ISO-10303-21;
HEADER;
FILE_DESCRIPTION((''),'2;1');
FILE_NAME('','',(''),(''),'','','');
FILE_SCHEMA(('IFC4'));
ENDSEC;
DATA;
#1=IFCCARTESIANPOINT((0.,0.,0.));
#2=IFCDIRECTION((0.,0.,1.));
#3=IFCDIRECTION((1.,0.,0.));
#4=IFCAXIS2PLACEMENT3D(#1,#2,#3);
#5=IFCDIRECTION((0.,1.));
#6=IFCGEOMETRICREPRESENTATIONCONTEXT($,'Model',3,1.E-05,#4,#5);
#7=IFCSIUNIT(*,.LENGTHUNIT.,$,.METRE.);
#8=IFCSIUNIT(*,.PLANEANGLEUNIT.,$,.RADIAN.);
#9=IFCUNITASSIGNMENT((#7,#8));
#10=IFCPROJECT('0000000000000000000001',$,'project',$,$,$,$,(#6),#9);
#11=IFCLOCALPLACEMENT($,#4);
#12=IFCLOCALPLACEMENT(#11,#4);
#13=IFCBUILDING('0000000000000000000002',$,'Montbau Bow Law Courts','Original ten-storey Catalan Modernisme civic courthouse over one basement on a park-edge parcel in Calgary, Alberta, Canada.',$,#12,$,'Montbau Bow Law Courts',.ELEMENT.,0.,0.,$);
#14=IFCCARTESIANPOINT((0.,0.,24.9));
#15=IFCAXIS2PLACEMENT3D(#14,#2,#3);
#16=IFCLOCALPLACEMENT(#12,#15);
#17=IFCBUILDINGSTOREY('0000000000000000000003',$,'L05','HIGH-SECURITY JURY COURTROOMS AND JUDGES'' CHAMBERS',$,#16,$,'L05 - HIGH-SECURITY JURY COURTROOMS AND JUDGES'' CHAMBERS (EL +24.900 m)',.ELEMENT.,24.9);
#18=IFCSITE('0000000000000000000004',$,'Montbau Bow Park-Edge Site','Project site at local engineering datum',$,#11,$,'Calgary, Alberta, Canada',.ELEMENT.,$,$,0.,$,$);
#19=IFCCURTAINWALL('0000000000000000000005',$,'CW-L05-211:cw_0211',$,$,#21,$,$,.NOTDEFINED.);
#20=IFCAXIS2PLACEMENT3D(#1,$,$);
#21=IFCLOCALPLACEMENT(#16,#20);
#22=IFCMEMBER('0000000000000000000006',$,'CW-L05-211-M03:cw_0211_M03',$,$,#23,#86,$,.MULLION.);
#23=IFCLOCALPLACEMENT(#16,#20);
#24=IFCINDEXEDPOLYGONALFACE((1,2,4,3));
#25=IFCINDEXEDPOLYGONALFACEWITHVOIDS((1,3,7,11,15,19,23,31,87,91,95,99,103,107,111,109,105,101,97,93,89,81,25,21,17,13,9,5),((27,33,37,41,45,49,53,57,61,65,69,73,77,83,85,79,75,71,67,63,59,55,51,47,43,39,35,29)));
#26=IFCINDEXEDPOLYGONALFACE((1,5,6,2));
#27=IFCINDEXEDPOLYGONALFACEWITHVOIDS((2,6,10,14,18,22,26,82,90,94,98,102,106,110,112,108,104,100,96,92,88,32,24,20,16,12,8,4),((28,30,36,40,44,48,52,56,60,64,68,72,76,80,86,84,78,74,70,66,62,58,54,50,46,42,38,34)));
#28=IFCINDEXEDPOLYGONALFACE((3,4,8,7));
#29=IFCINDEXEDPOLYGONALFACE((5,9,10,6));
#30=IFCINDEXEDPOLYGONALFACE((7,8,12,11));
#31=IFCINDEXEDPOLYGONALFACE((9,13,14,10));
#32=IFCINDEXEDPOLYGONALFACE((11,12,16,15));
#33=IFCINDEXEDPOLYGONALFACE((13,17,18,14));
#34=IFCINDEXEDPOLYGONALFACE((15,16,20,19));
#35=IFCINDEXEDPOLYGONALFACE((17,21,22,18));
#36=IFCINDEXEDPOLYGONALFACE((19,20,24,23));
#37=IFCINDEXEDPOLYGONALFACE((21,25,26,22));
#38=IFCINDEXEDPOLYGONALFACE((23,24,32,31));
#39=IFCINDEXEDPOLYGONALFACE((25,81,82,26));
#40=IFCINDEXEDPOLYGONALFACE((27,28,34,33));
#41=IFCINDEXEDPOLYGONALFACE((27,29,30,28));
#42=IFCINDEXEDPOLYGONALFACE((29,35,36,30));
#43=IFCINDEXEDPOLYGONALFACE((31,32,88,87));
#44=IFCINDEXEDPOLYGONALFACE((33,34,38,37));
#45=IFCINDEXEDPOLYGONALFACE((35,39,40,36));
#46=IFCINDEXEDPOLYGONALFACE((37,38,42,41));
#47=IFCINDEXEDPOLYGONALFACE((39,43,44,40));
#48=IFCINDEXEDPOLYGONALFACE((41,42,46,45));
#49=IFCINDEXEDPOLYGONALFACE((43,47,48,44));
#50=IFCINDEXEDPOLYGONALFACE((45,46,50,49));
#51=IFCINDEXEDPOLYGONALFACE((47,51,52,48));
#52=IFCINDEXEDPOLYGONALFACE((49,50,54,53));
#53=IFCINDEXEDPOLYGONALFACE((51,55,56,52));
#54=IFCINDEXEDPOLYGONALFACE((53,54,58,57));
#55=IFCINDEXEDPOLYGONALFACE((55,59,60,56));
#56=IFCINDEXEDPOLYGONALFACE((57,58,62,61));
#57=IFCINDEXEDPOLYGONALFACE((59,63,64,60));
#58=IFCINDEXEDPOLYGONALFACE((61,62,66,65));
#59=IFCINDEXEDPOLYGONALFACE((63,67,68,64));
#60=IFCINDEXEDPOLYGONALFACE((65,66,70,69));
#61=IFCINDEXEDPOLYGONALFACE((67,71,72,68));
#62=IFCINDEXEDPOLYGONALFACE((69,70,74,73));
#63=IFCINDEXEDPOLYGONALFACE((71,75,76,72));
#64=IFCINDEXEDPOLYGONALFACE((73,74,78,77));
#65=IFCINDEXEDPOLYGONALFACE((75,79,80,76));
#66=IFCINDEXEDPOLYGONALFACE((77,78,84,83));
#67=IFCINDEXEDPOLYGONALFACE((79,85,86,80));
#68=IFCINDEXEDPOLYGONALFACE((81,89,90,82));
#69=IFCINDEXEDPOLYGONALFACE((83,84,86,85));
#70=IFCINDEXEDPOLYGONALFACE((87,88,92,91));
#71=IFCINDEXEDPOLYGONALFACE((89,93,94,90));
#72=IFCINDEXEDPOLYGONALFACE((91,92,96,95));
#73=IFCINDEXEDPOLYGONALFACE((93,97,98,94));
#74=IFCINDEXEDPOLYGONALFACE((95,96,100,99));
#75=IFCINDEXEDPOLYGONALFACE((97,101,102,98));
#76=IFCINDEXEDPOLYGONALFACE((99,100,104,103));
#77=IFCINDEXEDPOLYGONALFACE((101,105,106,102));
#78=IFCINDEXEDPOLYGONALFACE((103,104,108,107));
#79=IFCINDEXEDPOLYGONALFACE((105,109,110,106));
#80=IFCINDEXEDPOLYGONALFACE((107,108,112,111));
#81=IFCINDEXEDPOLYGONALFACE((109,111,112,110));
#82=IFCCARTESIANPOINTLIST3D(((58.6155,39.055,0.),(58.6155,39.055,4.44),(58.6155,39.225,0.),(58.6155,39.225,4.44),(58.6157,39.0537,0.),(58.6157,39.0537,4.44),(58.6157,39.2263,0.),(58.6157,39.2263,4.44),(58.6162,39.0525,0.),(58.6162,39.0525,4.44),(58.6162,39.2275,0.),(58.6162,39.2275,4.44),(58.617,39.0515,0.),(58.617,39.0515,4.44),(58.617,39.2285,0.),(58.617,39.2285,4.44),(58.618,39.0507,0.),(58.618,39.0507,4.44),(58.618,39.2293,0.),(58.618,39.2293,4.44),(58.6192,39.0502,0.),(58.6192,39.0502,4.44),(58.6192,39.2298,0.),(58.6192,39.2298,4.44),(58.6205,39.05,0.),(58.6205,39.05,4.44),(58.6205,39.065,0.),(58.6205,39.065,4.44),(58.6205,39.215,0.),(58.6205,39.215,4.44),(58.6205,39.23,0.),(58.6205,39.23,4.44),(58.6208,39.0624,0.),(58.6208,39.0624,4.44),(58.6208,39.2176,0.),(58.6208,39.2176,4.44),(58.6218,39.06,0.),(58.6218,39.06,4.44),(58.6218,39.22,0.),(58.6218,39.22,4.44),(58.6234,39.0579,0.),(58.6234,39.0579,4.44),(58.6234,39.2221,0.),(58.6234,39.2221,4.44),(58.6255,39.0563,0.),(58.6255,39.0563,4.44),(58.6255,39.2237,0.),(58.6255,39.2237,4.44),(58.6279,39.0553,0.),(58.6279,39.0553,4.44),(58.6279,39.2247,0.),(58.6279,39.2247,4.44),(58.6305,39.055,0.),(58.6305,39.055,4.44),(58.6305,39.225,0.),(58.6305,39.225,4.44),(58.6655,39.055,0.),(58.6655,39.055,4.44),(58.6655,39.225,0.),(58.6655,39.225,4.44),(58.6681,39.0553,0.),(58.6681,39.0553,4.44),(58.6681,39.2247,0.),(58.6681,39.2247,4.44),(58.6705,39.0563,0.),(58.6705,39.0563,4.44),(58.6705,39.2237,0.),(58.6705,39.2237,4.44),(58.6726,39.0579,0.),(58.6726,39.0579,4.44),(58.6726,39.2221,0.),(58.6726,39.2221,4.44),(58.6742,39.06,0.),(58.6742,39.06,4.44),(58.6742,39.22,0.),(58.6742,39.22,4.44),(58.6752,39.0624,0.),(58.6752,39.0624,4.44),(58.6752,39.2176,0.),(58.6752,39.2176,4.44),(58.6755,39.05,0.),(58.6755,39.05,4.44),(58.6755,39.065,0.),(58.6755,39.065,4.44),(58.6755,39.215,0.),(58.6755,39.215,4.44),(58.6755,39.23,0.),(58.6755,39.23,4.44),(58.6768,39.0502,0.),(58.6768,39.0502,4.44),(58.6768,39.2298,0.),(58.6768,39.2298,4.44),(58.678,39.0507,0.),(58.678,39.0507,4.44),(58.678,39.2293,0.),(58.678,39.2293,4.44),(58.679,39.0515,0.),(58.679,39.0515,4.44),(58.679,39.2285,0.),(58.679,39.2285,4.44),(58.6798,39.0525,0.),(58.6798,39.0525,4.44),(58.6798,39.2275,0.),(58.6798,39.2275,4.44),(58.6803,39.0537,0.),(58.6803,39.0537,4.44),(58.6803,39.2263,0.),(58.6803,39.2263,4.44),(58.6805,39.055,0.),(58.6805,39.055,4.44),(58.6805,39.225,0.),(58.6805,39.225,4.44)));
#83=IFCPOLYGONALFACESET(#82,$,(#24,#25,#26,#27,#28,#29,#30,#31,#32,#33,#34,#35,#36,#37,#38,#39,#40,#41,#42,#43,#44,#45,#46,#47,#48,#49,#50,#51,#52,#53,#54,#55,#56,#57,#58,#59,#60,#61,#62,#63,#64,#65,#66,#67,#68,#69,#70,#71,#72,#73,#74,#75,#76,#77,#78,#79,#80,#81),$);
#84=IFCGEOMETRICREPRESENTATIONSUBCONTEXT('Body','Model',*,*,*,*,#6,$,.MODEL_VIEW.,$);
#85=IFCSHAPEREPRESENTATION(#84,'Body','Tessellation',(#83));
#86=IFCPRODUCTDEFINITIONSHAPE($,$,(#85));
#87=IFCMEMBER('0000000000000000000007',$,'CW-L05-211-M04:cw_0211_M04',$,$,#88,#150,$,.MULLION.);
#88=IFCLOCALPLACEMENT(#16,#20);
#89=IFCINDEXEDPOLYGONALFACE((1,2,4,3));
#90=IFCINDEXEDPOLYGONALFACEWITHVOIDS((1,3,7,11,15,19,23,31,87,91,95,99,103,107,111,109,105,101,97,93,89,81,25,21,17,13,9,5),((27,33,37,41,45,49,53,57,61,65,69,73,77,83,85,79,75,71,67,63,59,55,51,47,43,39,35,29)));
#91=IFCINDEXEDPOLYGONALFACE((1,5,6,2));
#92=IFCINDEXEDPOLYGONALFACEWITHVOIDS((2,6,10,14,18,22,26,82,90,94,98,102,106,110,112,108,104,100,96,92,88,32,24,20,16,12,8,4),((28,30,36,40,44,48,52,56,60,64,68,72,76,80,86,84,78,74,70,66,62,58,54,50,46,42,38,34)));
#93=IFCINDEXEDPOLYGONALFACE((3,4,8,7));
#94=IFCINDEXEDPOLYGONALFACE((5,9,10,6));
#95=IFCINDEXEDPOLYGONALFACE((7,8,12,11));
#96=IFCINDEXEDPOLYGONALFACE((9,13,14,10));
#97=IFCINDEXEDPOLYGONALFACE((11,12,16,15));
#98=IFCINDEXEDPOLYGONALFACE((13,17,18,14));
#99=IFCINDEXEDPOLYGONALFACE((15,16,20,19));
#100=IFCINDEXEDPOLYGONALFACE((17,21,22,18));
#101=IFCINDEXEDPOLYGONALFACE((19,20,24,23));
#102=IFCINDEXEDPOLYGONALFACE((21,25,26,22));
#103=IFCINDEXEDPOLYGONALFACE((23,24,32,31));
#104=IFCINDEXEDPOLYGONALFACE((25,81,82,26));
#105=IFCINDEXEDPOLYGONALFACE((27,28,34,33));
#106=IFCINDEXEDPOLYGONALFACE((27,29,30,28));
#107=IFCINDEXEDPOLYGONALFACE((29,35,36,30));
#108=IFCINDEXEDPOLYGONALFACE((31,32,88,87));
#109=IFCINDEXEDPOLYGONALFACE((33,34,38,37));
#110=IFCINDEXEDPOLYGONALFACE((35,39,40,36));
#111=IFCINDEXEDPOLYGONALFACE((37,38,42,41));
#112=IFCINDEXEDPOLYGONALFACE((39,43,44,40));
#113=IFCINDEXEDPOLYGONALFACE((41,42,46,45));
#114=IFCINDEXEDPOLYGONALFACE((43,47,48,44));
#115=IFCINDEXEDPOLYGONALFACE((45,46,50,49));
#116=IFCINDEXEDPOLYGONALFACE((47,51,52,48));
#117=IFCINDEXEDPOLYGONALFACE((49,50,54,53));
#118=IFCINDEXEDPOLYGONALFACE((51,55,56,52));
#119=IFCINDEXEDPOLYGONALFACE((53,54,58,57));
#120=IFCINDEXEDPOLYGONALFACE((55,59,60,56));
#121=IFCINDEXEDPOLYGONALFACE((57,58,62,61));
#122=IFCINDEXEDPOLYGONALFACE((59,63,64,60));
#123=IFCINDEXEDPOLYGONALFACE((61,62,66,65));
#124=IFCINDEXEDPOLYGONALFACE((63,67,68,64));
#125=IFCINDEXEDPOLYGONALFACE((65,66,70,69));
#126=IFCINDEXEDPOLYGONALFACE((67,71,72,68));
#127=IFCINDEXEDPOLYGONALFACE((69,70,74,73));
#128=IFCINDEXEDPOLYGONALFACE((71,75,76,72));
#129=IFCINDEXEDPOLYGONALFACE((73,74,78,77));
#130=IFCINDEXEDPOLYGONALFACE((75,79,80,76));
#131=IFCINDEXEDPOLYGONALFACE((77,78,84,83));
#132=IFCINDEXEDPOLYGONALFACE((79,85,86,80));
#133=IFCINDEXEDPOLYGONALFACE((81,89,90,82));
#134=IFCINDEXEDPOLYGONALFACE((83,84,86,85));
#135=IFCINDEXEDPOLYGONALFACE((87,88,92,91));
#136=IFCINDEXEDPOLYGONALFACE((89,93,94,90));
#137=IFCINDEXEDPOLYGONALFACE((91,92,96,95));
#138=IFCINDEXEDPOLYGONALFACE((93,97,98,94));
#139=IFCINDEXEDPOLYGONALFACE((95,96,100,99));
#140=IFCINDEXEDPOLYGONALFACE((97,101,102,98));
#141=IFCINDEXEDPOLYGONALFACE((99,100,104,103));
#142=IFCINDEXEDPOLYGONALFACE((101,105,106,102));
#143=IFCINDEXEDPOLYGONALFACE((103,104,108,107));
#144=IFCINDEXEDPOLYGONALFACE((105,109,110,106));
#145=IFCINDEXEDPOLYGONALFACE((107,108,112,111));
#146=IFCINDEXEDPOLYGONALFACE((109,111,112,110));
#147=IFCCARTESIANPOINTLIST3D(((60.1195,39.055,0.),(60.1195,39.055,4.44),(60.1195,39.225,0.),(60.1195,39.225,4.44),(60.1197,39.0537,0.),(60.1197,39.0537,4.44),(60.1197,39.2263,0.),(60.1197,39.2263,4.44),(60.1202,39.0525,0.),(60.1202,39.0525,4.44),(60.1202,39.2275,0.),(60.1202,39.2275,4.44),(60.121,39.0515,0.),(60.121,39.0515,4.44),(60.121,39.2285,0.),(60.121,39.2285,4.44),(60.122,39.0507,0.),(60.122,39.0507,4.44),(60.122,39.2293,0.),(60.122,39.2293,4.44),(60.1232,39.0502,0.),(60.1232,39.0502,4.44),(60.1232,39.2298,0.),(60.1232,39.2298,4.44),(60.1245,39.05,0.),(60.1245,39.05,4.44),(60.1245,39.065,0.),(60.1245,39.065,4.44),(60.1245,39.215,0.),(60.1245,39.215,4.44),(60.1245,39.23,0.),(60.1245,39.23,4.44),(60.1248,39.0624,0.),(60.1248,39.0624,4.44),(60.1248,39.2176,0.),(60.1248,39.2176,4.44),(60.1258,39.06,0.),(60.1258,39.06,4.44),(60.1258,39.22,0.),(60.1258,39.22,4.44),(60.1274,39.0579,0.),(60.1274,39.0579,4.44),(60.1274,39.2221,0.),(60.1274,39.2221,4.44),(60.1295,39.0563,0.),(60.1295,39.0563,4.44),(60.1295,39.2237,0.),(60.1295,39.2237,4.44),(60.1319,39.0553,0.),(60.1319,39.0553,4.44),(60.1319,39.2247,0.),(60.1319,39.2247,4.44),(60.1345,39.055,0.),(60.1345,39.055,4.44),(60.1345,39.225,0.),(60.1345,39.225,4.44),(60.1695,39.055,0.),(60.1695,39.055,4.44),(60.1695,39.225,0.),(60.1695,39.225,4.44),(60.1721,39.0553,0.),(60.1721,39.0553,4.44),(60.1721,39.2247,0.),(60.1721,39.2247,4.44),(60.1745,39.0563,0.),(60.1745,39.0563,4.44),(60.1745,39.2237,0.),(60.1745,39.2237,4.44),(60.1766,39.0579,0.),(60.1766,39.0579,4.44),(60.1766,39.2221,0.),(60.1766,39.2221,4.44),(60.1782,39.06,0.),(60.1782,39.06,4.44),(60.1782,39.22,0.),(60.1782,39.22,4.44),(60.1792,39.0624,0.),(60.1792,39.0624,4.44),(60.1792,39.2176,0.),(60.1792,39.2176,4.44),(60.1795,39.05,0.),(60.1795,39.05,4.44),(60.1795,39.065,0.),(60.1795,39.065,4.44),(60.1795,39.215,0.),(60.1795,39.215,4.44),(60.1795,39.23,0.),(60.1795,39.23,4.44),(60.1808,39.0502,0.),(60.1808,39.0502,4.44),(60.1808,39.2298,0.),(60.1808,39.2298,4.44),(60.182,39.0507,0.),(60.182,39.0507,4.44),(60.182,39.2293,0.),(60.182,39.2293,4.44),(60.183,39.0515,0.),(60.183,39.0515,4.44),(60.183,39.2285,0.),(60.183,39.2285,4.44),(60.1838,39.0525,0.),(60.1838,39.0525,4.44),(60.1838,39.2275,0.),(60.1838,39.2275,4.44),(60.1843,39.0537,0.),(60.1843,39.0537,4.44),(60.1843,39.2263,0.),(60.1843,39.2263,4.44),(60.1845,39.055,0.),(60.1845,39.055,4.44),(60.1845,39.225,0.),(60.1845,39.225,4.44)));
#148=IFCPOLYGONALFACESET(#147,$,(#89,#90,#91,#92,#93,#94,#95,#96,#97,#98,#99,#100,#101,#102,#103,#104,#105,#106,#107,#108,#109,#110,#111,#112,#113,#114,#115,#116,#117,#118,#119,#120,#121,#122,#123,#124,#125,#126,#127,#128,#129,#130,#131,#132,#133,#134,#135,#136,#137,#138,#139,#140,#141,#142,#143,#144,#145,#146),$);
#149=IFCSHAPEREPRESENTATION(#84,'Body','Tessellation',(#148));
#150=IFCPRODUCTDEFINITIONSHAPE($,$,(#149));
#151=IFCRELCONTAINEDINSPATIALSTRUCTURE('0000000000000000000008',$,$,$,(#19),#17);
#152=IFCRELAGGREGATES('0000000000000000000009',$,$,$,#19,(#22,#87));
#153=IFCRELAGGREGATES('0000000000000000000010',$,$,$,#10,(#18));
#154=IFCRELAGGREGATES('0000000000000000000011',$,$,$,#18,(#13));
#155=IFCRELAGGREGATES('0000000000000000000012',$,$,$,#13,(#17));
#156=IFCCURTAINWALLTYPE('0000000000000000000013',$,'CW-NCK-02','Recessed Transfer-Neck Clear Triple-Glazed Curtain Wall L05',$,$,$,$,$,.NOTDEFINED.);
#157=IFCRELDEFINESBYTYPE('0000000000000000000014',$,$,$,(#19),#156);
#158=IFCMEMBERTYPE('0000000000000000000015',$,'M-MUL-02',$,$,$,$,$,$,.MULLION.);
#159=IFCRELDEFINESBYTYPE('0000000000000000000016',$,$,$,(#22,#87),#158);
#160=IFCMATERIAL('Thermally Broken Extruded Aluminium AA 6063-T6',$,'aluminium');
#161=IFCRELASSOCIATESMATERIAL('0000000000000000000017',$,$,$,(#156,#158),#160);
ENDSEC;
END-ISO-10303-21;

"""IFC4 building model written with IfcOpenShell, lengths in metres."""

from ifc_helpers import new_model, si_unit, direction, frame, origin_with_axes, origin_2d_with_axis, place, context, subcontext, project, spatial, hollow_rectangle, extrude, material, material_profile, profile_set, type_object, element, aggregate, save


model = new_model("IFC4")

# Units and contexts
model_context = context("Model", 3, precision=1e-05, world=origin_with_axes(), true_north=direction((0.0, 1.0)))
body_context = subcontext(model_context, "Body", "Model", "MODEL_VIEW")
ifc_project = project(units=[si_unit("LENGTHUNIT", "METRE"), si_unit("PLANEANGLEUNIT", "RADIAN")], contexts=[model_context])

# Site, building, storey
site_placement = place(None, origin_with_axes())
site = spatial("IfcSite", under=ifc_project, at=site_placement, Name="Montbau Bow Park-Edge Site", Description="Project site at local engineering datum", LongName="Calgary, Alberta, Canada", CompositionType="ELEMENT", RefElevation=0.0)
building_placement = place(site_placement, origin_with_axes())
building = spatial("IfcBuilding", under=site, at=building_placement, Name="Montbau Bow Law Courts", Description="Original ten-storey Catalan Modernisme civic courthouse over one basement on a park-edge parcel in Calgary, Alberta, Canada.", LongName="Montbau Bow Law Courts", CompositionType="ELEMENT", ElevationOfRefHeight=0.0, ElevationOfTerrain=0.0)
storey_placement = place(building_placement, frame((0.0, 0.0, 24.9), z_axis=(0.0, 0.0, 1.0), x_axis=(1.0, 0.0, 0.0)))
storey = spatial("IfcBuildingStorey", under=building, at=storey_placement, Name="L05", Description="HIGH-SECURITY JURY COURTROOMS AND JUDGES' CHAMBERS", LongName="L05 - HIGH-SECURITY JURY COURTROOMS AND JUDGES' CHAMBERS (EL +24.900 m)", CompositionType="ELEMENT", Elevation=24.9)

# Curtain wall, members
ifc_material_1 = material(Name="Thermally Broken Extruded Aluminium AA 6063-T6", Category="aluminium")
curtain_wall_type = type_object("IfcCurtainWallType", Name="CW-NCK-02", Description="Recessed Transfer-Neck Clear Triple-Glazed Curtain Wall L05", PredefinedType="NOTDEFINED", material=ifc_material_1)
curtain_wall_placement = place(None, frame((55.64, 39.14, 24.9), z_axis=(0.0, 0.0, 1.0), x_axis=(1.0, 0.0, 0.0)))
curtain_wall = element("IfcCurtainWall", 1, at=curtain_wall_placement, inside=storey, type_object=curtain_wall_type, Name="CW-L05-211:cw_0211", PredefinedType="NOTDEFINED")
ifc_material_profile_1 = material_profile(ifc_material_1, hollow_rectangle(XDim=0.065, YDim=0.18, WallThickness=0.005, InnerFilletRadius=0.01, OuterFilletRadius=0.005, at=origin_2d_with_axis()), Name="CWM-180X65", Category="Main", Priority=0)
ifc_profile_set_1 = profile_set([ifc_material_profile_1], Name="Thermally Broken Extruded Aluminium AA 6063-T6")
member_type_1 = type_object("IfcMemberType", Name="M-MUL-02", PredefinedType="MULLION", material=ifc_profile_set_1)
member_1_placement = place(None, frame((58.648, 39.14, 24.9), z_axis=(0.0, 0.0, 1.0), x_axis=(1.0, 0.0, 0.0)))
member_1 = element("IfcMember", 2, at=member_1_placement, type_object=member_type_1, Name="CW-L05-211-M03:cw_0211_M03", PredefinedType="MULLION", context=body_context, shape_type="SweptSolid", body=[
    extrude(hollow_rectangle(XDim=0.065, YDim=0.18, WallThickness=0.005, InnerFilletRadius=0.01, OuterFilletRadius=0.005, at=origin_2d_with_axis()), origin_with_axes(), (0.0, 0.0, 1.0), 4.44),
])
member_2_placement = place(None, frame((60.152, 39.14, 24.9), z_axis=(0.0, 0.0, 1.0), x_axis=(1.0, 0.0, 0.0)))
member_2 = element("IfcMember", 3, at=member_2_placement, type_object=member_type_1, Name="CW-L05-211-M04:cw_0211_M04", PredefinedType="MULLION", context=body_context, shape_type="SweptSolid", body=[
    extrude(hollow_rectangle(XDim=0.065, YDim=0.18, WallThickness=0.005, InnerFilletRadius=0.01, OuterFilletRadius=0.005, at=origin_2d_with_axis()), origin_with_axes(), (0.0, 0.0, 1.0), 4.44),
])
aggregate(curtain_wall, [member_1, member_2])

save(model, "model.ifc")
